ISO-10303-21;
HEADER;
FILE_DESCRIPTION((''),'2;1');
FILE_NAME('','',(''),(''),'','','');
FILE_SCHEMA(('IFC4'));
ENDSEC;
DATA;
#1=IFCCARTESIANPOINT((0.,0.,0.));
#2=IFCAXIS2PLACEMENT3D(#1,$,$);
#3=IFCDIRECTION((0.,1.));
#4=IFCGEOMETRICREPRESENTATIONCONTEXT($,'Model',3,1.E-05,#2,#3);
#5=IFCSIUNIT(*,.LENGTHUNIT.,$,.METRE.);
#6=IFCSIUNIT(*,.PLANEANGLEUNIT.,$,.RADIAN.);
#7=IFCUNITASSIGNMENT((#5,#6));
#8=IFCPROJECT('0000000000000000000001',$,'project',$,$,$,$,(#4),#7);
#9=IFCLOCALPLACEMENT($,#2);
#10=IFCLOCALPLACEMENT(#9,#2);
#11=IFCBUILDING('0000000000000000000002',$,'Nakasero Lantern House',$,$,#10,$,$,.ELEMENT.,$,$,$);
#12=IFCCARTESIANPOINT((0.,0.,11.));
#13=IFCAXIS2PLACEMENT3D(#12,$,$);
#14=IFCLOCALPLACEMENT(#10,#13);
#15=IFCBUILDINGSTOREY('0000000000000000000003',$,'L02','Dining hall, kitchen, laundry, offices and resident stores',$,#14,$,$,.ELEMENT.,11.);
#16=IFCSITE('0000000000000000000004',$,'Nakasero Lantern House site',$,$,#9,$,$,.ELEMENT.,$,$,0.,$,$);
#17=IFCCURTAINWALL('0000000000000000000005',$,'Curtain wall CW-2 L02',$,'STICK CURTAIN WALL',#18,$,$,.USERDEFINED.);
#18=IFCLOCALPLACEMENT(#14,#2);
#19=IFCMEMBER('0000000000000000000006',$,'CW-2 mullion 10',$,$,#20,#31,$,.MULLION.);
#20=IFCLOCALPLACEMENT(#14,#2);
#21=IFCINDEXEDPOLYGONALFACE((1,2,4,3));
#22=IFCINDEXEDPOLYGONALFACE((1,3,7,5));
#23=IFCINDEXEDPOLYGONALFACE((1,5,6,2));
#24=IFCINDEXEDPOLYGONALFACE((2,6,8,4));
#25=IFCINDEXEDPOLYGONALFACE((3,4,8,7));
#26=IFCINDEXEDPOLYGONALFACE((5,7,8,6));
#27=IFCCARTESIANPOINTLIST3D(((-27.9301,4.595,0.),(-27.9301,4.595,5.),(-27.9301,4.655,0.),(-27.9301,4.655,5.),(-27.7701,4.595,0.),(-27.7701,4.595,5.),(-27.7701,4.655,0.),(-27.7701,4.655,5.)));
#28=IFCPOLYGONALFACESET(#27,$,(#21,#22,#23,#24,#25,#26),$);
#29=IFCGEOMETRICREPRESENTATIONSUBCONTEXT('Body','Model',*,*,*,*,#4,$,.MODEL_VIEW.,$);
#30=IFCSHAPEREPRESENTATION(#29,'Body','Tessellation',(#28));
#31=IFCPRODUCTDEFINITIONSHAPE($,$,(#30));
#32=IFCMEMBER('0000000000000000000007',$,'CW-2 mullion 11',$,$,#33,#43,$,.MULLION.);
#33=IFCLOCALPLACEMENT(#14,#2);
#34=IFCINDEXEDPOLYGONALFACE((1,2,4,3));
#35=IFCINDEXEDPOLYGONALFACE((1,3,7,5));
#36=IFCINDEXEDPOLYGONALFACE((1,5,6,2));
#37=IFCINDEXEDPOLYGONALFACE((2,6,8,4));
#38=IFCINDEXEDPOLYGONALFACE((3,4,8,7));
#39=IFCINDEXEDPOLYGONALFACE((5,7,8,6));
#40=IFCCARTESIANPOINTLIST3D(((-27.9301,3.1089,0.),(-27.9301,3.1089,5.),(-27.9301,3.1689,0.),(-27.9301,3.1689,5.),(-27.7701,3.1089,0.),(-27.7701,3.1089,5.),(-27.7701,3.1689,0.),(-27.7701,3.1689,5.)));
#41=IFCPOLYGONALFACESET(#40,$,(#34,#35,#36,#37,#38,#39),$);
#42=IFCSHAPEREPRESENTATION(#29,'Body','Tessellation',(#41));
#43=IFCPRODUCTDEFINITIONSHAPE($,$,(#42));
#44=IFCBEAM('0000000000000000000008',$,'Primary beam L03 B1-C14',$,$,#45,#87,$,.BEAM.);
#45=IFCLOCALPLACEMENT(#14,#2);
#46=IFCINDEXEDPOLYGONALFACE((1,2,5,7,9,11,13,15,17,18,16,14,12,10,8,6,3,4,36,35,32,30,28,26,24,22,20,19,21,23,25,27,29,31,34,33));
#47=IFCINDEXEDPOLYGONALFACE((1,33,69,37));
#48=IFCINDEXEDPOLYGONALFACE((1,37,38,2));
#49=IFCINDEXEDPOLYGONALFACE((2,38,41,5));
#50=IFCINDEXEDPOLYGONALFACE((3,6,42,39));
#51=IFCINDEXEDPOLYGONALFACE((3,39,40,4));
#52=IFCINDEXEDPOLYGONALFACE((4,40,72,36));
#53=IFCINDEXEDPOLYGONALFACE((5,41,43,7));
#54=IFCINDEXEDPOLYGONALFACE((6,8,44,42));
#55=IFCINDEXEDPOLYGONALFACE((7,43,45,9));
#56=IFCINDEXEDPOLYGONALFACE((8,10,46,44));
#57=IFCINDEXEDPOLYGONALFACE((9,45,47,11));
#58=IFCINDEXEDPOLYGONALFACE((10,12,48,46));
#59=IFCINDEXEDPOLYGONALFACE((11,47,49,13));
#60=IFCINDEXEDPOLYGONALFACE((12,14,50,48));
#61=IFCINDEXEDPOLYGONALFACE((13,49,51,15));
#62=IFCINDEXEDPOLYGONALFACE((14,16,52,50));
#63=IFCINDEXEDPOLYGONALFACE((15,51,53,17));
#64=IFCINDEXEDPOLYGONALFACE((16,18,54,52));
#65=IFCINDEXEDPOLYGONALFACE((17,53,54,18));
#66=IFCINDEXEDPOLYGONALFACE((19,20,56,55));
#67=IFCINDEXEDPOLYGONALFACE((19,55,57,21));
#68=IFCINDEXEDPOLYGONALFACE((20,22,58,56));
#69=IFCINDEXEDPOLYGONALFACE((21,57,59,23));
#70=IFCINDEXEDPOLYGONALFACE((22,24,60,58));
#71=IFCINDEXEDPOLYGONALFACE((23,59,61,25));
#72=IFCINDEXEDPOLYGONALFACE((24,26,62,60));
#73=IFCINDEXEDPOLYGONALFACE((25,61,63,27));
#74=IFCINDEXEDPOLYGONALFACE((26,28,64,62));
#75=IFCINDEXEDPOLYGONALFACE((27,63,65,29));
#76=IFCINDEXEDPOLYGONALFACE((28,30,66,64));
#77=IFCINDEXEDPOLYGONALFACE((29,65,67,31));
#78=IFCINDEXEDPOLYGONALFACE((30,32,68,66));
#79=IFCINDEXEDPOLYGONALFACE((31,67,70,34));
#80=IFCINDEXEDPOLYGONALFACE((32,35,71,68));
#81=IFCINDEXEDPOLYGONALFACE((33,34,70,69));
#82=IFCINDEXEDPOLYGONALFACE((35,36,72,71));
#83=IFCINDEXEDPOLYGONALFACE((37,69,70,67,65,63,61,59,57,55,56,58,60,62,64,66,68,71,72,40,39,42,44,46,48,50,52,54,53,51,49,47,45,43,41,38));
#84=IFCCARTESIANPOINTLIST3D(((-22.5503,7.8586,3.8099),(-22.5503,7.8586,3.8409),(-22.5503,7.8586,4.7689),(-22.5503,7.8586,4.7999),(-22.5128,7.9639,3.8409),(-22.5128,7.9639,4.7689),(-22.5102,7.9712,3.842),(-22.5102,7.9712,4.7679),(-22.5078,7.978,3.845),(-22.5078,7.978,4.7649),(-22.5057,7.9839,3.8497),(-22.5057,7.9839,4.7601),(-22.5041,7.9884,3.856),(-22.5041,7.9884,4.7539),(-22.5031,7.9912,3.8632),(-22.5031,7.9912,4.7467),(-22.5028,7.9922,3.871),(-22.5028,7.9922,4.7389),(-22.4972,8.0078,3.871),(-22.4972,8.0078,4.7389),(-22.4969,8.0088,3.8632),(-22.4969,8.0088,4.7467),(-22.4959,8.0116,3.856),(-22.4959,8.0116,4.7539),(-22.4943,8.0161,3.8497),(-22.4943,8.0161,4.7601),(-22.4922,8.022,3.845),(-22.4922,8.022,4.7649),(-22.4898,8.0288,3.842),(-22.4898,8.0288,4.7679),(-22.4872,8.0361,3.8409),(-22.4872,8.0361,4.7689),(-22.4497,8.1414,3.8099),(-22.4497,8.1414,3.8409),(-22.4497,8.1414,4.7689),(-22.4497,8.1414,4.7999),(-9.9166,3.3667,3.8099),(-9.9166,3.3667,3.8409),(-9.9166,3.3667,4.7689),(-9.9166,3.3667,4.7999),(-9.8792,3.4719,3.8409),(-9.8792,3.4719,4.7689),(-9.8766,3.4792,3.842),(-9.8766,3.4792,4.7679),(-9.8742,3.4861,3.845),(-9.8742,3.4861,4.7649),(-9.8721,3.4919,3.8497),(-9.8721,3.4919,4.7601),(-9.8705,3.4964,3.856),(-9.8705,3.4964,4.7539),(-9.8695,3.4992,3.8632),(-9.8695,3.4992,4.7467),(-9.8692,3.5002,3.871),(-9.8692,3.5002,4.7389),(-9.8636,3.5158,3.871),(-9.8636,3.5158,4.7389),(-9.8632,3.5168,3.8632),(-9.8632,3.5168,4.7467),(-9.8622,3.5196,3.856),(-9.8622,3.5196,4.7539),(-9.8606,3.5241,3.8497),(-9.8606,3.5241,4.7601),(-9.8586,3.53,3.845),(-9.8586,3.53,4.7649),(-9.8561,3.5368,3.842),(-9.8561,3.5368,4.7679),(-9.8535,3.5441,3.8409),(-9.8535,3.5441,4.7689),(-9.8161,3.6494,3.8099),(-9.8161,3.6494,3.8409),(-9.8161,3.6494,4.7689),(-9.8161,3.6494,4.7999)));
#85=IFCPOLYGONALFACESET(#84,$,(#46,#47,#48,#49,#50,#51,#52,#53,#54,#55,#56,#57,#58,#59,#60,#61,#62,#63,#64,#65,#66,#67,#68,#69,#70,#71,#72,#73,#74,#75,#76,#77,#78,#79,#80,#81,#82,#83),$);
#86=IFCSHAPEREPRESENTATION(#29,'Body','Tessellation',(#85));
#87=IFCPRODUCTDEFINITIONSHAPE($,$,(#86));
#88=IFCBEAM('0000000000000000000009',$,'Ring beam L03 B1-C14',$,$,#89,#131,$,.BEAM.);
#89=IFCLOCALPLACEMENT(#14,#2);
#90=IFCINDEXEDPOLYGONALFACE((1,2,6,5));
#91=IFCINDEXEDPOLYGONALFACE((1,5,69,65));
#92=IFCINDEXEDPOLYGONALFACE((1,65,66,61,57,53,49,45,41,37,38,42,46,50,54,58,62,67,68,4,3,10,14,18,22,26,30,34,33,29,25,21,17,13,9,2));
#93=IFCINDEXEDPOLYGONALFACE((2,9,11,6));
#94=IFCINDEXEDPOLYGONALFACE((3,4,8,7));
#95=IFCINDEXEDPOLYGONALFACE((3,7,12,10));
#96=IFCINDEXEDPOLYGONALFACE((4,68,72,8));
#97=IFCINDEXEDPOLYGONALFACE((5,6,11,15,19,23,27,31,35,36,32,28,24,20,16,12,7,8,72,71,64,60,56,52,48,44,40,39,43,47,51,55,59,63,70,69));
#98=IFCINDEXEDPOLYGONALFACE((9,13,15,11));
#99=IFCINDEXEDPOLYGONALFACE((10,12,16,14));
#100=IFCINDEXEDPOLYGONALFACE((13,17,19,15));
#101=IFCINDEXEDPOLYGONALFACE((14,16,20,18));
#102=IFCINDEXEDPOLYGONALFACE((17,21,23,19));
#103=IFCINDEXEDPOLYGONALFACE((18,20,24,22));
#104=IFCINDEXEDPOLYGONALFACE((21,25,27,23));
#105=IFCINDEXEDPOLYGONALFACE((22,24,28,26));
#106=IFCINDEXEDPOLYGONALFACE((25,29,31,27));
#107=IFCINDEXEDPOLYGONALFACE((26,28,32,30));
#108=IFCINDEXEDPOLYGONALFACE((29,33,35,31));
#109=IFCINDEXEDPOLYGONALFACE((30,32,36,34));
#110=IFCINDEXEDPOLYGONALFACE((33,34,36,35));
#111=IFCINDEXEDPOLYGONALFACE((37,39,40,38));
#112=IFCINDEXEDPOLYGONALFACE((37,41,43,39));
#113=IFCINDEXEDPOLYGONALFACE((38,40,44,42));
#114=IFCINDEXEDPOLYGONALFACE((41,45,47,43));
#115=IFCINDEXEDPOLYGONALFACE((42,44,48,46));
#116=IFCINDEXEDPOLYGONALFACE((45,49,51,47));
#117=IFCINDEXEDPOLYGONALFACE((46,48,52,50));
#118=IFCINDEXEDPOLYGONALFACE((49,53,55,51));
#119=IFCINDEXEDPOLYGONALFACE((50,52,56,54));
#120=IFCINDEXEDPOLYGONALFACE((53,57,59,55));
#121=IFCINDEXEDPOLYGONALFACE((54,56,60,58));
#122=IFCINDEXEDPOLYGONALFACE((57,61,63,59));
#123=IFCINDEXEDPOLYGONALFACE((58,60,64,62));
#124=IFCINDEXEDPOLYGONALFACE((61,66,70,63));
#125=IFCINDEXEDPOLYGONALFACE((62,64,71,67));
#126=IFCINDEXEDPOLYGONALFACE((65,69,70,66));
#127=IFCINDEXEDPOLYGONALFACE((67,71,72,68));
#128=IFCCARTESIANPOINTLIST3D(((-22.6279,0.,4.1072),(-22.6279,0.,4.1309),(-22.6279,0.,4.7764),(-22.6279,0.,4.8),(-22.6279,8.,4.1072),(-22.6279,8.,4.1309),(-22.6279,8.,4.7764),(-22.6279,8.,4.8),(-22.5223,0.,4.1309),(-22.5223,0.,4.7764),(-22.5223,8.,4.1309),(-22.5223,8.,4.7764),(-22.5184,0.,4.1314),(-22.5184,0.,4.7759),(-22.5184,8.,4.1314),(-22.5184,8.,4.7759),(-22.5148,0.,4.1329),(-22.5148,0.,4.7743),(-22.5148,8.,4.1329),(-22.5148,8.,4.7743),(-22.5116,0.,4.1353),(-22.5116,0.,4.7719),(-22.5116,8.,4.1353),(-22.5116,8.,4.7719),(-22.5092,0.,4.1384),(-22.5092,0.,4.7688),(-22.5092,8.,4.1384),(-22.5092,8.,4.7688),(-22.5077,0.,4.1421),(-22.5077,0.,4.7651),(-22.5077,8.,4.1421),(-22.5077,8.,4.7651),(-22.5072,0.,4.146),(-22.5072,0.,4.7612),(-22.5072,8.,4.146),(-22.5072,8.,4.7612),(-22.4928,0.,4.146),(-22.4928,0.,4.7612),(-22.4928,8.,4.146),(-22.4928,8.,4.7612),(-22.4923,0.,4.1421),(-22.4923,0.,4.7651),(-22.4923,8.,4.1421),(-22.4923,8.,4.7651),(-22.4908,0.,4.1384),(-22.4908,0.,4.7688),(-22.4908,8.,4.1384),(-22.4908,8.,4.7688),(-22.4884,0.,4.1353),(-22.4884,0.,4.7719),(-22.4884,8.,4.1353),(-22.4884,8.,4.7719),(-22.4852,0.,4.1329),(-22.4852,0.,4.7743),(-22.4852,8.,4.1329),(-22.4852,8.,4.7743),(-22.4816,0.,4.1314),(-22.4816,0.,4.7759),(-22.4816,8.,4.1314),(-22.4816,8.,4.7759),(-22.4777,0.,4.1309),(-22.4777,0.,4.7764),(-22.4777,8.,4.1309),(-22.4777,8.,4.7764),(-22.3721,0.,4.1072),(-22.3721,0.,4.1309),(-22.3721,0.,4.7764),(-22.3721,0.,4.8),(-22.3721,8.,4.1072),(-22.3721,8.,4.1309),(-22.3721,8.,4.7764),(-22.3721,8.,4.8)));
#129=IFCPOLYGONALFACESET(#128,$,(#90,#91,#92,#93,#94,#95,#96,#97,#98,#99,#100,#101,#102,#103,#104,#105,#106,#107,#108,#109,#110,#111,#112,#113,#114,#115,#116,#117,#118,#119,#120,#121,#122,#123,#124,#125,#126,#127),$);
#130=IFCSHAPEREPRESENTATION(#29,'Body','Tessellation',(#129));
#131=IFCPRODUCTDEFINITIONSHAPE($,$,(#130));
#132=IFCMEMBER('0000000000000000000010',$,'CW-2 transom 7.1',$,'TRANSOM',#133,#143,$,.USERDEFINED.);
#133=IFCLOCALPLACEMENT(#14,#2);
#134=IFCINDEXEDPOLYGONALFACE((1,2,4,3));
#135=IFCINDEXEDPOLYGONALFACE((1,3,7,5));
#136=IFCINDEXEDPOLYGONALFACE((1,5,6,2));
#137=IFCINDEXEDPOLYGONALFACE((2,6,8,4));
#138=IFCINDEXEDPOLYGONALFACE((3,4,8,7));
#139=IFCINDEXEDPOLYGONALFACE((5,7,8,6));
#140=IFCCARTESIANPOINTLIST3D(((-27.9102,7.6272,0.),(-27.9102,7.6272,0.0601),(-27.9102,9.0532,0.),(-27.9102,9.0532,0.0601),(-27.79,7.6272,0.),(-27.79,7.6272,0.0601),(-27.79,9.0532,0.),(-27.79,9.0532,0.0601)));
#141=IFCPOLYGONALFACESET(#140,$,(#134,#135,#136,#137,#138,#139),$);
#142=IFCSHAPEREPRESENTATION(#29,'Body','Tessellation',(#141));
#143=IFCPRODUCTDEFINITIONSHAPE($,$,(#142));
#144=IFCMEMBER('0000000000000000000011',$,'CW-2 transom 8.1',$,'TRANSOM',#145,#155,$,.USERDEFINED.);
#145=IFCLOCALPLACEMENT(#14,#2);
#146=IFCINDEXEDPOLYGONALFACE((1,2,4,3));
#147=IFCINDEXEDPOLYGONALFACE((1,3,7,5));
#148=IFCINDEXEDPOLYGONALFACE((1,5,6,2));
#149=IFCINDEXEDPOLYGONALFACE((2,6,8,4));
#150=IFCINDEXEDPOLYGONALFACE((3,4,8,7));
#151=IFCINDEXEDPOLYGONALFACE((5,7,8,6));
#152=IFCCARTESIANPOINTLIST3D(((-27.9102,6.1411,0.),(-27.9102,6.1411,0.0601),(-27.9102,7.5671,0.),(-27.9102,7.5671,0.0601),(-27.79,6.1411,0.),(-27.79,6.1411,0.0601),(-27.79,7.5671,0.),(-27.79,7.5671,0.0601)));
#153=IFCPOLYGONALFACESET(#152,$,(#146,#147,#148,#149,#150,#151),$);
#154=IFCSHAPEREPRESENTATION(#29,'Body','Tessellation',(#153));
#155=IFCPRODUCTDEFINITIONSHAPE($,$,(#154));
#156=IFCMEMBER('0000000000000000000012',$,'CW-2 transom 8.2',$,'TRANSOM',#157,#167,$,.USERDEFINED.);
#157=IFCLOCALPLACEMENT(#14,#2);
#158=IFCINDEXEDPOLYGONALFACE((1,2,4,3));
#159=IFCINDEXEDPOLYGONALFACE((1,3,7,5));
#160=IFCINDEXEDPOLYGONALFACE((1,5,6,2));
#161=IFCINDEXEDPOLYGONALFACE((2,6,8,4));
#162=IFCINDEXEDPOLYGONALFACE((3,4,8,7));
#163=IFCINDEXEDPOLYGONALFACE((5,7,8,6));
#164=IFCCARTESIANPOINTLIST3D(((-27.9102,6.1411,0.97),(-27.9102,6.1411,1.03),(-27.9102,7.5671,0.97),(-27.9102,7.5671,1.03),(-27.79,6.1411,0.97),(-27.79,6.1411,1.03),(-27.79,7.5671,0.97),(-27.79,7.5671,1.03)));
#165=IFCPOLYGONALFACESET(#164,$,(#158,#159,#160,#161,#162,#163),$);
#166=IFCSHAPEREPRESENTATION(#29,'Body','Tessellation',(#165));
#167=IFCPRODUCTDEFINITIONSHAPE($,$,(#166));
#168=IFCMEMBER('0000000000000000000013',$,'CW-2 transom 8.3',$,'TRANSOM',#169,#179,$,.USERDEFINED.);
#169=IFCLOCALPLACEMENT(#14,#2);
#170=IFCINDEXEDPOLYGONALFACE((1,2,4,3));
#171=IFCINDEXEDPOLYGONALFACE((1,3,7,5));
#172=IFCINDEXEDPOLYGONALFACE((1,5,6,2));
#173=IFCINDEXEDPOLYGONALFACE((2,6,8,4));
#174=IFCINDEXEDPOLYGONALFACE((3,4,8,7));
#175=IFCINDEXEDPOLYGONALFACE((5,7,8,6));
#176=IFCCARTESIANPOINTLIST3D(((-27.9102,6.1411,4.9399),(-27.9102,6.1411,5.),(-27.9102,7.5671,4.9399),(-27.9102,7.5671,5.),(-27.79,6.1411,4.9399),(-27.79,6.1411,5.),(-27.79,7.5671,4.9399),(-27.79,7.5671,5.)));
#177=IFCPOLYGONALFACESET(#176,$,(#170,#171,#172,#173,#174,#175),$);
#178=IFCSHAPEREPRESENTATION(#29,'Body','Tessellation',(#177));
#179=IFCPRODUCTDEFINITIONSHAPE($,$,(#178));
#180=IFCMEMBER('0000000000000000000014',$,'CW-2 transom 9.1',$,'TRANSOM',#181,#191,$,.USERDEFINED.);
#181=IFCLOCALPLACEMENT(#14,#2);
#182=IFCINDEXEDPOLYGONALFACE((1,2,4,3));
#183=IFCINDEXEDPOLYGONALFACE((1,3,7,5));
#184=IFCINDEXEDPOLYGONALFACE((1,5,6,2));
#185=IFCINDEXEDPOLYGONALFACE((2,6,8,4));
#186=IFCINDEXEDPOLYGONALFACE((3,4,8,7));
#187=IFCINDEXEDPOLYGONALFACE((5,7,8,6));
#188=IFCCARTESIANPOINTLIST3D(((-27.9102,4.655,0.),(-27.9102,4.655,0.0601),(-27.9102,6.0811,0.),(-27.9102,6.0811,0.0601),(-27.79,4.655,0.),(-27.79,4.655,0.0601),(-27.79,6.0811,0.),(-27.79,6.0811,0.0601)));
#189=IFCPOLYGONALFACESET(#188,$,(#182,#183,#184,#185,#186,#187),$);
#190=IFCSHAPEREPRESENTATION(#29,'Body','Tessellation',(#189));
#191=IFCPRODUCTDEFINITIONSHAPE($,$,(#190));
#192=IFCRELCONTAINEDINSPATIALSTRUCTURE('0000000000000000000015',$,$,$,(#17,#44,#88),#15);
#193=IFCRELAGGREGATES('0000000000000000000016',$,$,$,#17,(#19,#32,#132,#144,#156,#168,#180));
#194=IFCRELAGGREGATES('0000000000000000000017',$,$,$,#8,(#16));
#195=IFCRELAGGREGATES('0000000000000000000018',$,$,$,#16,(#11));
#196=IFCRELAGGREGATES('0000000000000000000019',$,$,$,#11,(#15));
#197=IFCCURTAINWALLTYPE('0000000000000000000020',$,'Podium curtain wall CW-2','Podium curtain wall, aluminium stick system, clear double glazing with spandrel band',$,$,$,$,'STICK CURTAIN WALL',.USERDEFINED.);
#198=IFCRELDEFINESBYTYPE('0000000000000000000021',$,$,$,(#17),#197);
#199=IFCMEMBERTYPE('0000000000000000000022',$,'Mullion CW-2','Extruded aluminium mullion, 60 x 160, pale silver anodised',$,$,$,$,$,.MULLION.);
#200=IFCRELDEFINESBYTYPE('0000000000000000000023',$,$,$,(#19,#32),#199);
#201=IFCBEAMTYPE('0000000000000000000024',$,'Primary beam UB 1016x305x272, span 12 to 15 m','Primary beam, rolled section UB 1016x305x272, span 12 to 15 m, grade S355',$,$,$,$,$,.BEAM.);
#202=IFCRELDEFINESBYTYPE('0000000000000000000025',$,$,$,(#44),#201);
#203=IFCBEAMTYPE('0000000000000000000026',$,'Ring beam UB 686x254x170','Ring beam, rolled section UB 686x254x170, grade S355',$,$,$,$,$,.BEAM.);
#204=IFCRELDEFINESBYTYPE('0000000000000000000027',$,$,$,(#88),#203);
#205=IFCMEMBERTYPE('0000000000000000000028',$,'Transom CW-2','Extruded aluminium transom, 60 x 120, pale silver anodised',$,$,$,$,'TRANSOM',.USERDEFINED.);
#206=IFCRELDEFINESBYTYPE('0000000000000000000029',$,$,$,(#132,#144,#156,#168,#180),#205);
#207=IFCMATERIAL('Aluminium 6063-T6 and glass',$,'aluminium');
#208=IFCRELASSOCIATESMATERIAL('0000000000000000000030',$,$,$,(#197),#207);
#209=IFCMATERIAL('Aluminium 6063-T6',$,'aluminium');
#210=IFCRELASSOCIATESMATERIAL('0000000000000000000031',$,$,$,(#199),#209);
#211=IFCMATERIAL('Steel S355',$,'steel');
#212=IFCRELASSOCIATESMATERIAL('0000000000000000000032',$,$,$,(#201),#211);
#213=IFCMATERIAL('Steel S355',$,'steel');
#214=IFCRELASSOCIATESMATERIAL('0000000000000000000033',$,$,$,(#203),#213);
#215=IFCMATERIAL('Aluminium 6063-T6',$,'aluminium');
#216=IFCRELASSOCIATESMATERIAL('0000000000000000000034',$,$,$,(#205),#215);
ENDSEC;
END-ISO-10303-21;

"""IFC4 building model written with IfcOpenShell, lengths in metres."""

from ifc_helpers import new_model, si_unit, direction, frame, origin, origin_2d, place, context, subcontext, project, spatial, rectangle, i_section, extrude, material, material_profile, profile_set, type_object, element, aggregate, save


model = new_model("IFC4")

# Units and contexts
model_context = context("Model", 3, precision=1e-05, world=origin(), true_north=direction((0.0, 1.0)))
body_context = subcontext(model_context, "Body", "Model", "MODEL_VIEW")
ifc_project = project(units=[si_unit("LENGTHUNIT", "METRE"), si_unit("PLANEANGLEUNIT", "RADIAN")], contexts=[model_context])

# Site, building, storey
site_placement = place(None, origin())
site = spatial("IfcSite", under=ifc_project, at=site_placement, Name="Nakasero Lantern House site", CompositionType="ELEMENT", RefElevation=0.0)
building_placement = place(site_placement, origin())
building = spatial("IfcBuilding", under=site, at=building_placement, Name="Nakasero Lantern House", CompositionType="ELEMENT")
storey_placement = place(building_placement, frame((0.0, 0.0, 11.0)))
storey = spatial("IfcBuildingStorey", under=building, at=storey_placement, Name="L02", Description="Dining hall, kitchen, laundry, offices and resident stores", CompositionType="ELEMENT", Elevation=11.0)

# Curtain wall, members
ifc_material_1 = material(Name="Aluminium 6063-T6 and glass", Category="aluminium")
curtain_wall_type = type_object("IfcCurtainWallType", Name="Podium curtain wall CW-2", Description="Podium curtain wall, aluminium stick system, clear double glazing with spandrel band", ElementType="STICK CURTAIN WALL", PredefinedType="USERDEFINED", material=ifc_material_1)
curtain_wall_placement = place(storey_placement, origin())
curtain_wall = element("IfcCurtainWall", 1, at=curtain_wall_placement, inside=storey, type_object=curtain_wall_type, Name="Curtain wall CW-2 L02", ObjectType="STICK CURTAIN WALL", PredefinedType="USERDEFINED")
ifc_material_2 = material(Name="Aluminium 6063-T6", Category="aluminium")
ifc_material_profile_1 = material_profile(ifc_material_2, rectangle(XDim=0.0601, YDim=0.1599, at=origin_2d()), Name="CW-2 mullion 60x160")
ifc_profile_set_1 = profile_set([ifc_material_profile_1], Name="Aluminium 6063-T6")
member_type_1 = type_object("IfcMemberType", Name="Mullion CW-2", Description="Extruded aluminium mullion, 60 x 160, pale silver anodised", PredefinedType="MULLION", material=ifc_profile_set_1)
member_1_placement = place(storey_placement, frame((-27.8501, 4.625, 0.0), z_axis=(0.0, 0.0, 1.0), x_axis=(0.0, -1.0, 0.0)))
member_1 = element("IfcMember", 2, at=member_1_placement, type_object=member_type_1, Name="CW-2 mullion 10", PredefinedType="MULLION", context=body_context, shape_type="SweptSolid", body=[
    extrude(rectangle(XDim=0.0601, YDim=0.1599, at=origin_2d()), origin(), (0.0, 0.0, 1.0), 5.0),
])
member_2_placement = place(storey_placement, frame((-27.8501, 3.1389, 0.0), z_axis=(0.0, 0.0, 1.0), x_axis=(0.0, -1.0, 0.0)))
member_2 = element("IfcMember", 3, at=member_2_placement, type_object=member_type_1, Name="CW-2 mullion 11", PredefinedType="MULLION", context=body_context, shape_type="SweptSolid", body=[
    extrude(rectangle(XDim=0.0601, YDim=0.1599, at=origin_2d()), origin(), (0.0, 0.0, 1.0), 5.0),
])

# Beams
ifc_material_3 = material(Name="Steel S355", Category="steel")
ifc_material_profile_2 = material_profile(ifc_material_3, i_section(OverallWidth=0.3, OverallDepth=0.99, WebThickness=0.0166, FlangeThickness=0.031, FilletRadius=0.03, at=origin_2d()), Name="UB 1016x305x272")
ifc_profile_set_2 = profile_set([ifc_material_profile_2], Name="Steel S355")
beam_type_1 = type_object("IfcBeamType", Name="Primary beam UB 1016x305x272, span 12 to 15 m", Description="Primary beam, rolled section UB 1016x305x272, span 12 to 15 m, grade S355", PredefinedType="BEAM", material=ifc_profile_set_2)
beam_1_placement = place(storey_placement, frame((-22.5, 8.0, 4.3049), z_axis=(0.942214, -0.335011, 0.0), x_axis=(0.335011, 0.942214, 0.0)))
element("IfcBeam", 4, at=beam_1_placement, inside=storey, type_object=beam_type_1, Name="Primary beam L03 B1-C14", PredefinedType="BEAM", context=body_context, shape_type="SweptSolid", body=[
    extrude(i_section(OverallWidth=0.3, OverallDepth=0.99, WebThickness=0.0166, FlangeThickness=0.031, FilletRadius=0.03, at=origin_2d()), origin(), (0.0, 0.0, 1.0), 13.4084),
])
ifc_material_4 = material(Name="Steel S355", Category="steel")
ifc_material_profile_3 = material_profile(ifc_material_4, i_section(OverallWidth=0.2559, OverallDepth=0.6929, WebThickness=0.0144, FlangeThickness=0.0237, FilletRadius=0.0151, at=origin_2d()), Name="UB 686x254x170")
ifc_profile_set_3 = profile_set([ifc_material_profile_3], Name="Steel S355")
beam_type_2 = type_object("IfcBeamType", Name="Ring beam UB 686x254x170", Description="Ring beam, rolled section UB 686x254x170, grade S355", PredefinedType="BEAM", material=ifc_profile_set_3)
beam_2_placement = place(storey_placement, frame((-22.5, 8.0, 4.4536), z_axis=(0.0, -1.0, 0.0), x_axis=(1.0, 0.0, 0.0)))
element("IfcBeam", 5, at=beam_2_placement, inside=storey, type_object=beam_type_2, Name="Ring beam L03 B1-C14", PredefinedType="BEAM", context=body_context, shape_type="SweptSolid", body=[
    extrude(i_section(OverallWidth=0.2559, OverallDepth=0.6929, WebThickness=0.0144, FlangeThickness=0.0237, FilletRadius=0.0151, at=origin_2d()), origin(), (0.0, 0.0, 1.0), 8.0),
])

# Members
ifc_material_5 = material(Name="Aluminium 6063-T6", Category="aluminium")
ifc_material_profile_4 = material_profile(ifc_material_5, rectangle(XDim=0.0601, YDim=0.1201, at=origin_2d()), Name="CW-2 transom 60x120")
ifc_profile_set_4 = profile_set([ifc_material_profile_4], Name="Aluminium 6063-T6")
member_type_2 = type_object("IfcMemberType", Name="Transom CW-2", Description="Extruded aluminium transom, 60 x 120, pale silver anodised", ElementType="TRANSOM", PredefinedType="USERDEFINED", material=ifc_profile_set_4)
member_3_placement = place(storey_placement, frame((-27.8501, 9.0532, 0.03), z_axis=(0.0, -1.0, 0.0), x_axis=(0.0, 0.0, 1.0)))
member_3 = element("IfcMember", 6, at=member_3_placement, type_object=member_type_2, Name="CW-2 transom 7.1", ObjectType="TRANSOM", PredefinedType="USERDEFINED", context=body_context, shape_type="SweptSolid", body=[
    extrude(rectangle(XDim=0.0601, YDim=0.1201, at=origin_2d()), origin(), (0.0, 0.0, 1.0), 1.426),
])
member_4_placement = place(storey_placement, frame((-27.8501, 7.5671, 0.03), z_axis=(0.0, -1.0, 0.0), x_axis=(0.0, 0.0, 1.0)))
member_4 = element("IfcMember", 7, at=member_4_placement, type_object=member_type_2, Name="CW-2 transom 8.1", ObjectType="TRANSOM", PredefinedType="USERDEFINED", context=body_context, shape_type="SweptSolid", body=[
    extrude(rectangle(XDim=0.0601, YDim=0.1201, at=origin_2d()), origin(), (0.0, 0.0, 1.0), 1.426),
])
member_5_placement = place(storey_placement, frame((-27.8501, 7.5671, 1.0), z_axis=(0.0, -1.0, 0.0), x_axis=(0.0, 0.0, 1.0)))
member_5 = element("IfcMember", 8, at=member_5_placement, type_object=member_type_2, Name="CW-2 transom 8.2", ObjectType="TRANSOM", PredefinedType="USERDEFINED", context=body_context, shape_type="SweptSolid", body=[
    extrude(rectangle(XDim=0.0601, YDim=0.1201, at=origin_2d()), origin(), (0.0, 0.0, 1.0), 1.426),
])
member_6_placement = place(storey_placement, frame((-27.8501, 7.5671, 4.97), z_axis=(0.0, -1.0, 0.0), x_axis=(0.0, 0.0, 1.0)))
member_6 = element("IfcMember", 9, at=member_6_placement, type_object=member_type_2, Name="CW-2 transom 8.3", ObjectType="TRANSOM", PredefinedType="USERDEFINED", context=body_context, shape_type="SweptSolid", body=[
    extrude(rectangle(XDim=0.0601, YDim=0.1201, at=origin_2d()), origin(), (0.0, 0.0, 1.0), 1.426),
])
member_7_placement = place(storey_placement, frame((-27.8501, 6.0811, 0.03), z_axis=(0.0, -1.0, 0.0), x_axis=(0.0, 0.0, 1.0)))
member_7 = element("IfcMember", 10, at=member_7_placement, type_object=member_type_2, Name="CW-2 transom 9.1", ObjectType="TRANSOM", PredefinedType="USERDEFINED", context=body_context, shape_type="SweptSolid", body=[
    extrude(rectangle(XDim=0.0601, YDim=0.1201, at=origin_2d()), origin(), (0.0, 0.0, 1.0), 1.426),
])

aggregate(curtain_wall, [member_1, member_2, member_3, member_4, member_5, member_6, member_7])

save(model, "model.ifc")
